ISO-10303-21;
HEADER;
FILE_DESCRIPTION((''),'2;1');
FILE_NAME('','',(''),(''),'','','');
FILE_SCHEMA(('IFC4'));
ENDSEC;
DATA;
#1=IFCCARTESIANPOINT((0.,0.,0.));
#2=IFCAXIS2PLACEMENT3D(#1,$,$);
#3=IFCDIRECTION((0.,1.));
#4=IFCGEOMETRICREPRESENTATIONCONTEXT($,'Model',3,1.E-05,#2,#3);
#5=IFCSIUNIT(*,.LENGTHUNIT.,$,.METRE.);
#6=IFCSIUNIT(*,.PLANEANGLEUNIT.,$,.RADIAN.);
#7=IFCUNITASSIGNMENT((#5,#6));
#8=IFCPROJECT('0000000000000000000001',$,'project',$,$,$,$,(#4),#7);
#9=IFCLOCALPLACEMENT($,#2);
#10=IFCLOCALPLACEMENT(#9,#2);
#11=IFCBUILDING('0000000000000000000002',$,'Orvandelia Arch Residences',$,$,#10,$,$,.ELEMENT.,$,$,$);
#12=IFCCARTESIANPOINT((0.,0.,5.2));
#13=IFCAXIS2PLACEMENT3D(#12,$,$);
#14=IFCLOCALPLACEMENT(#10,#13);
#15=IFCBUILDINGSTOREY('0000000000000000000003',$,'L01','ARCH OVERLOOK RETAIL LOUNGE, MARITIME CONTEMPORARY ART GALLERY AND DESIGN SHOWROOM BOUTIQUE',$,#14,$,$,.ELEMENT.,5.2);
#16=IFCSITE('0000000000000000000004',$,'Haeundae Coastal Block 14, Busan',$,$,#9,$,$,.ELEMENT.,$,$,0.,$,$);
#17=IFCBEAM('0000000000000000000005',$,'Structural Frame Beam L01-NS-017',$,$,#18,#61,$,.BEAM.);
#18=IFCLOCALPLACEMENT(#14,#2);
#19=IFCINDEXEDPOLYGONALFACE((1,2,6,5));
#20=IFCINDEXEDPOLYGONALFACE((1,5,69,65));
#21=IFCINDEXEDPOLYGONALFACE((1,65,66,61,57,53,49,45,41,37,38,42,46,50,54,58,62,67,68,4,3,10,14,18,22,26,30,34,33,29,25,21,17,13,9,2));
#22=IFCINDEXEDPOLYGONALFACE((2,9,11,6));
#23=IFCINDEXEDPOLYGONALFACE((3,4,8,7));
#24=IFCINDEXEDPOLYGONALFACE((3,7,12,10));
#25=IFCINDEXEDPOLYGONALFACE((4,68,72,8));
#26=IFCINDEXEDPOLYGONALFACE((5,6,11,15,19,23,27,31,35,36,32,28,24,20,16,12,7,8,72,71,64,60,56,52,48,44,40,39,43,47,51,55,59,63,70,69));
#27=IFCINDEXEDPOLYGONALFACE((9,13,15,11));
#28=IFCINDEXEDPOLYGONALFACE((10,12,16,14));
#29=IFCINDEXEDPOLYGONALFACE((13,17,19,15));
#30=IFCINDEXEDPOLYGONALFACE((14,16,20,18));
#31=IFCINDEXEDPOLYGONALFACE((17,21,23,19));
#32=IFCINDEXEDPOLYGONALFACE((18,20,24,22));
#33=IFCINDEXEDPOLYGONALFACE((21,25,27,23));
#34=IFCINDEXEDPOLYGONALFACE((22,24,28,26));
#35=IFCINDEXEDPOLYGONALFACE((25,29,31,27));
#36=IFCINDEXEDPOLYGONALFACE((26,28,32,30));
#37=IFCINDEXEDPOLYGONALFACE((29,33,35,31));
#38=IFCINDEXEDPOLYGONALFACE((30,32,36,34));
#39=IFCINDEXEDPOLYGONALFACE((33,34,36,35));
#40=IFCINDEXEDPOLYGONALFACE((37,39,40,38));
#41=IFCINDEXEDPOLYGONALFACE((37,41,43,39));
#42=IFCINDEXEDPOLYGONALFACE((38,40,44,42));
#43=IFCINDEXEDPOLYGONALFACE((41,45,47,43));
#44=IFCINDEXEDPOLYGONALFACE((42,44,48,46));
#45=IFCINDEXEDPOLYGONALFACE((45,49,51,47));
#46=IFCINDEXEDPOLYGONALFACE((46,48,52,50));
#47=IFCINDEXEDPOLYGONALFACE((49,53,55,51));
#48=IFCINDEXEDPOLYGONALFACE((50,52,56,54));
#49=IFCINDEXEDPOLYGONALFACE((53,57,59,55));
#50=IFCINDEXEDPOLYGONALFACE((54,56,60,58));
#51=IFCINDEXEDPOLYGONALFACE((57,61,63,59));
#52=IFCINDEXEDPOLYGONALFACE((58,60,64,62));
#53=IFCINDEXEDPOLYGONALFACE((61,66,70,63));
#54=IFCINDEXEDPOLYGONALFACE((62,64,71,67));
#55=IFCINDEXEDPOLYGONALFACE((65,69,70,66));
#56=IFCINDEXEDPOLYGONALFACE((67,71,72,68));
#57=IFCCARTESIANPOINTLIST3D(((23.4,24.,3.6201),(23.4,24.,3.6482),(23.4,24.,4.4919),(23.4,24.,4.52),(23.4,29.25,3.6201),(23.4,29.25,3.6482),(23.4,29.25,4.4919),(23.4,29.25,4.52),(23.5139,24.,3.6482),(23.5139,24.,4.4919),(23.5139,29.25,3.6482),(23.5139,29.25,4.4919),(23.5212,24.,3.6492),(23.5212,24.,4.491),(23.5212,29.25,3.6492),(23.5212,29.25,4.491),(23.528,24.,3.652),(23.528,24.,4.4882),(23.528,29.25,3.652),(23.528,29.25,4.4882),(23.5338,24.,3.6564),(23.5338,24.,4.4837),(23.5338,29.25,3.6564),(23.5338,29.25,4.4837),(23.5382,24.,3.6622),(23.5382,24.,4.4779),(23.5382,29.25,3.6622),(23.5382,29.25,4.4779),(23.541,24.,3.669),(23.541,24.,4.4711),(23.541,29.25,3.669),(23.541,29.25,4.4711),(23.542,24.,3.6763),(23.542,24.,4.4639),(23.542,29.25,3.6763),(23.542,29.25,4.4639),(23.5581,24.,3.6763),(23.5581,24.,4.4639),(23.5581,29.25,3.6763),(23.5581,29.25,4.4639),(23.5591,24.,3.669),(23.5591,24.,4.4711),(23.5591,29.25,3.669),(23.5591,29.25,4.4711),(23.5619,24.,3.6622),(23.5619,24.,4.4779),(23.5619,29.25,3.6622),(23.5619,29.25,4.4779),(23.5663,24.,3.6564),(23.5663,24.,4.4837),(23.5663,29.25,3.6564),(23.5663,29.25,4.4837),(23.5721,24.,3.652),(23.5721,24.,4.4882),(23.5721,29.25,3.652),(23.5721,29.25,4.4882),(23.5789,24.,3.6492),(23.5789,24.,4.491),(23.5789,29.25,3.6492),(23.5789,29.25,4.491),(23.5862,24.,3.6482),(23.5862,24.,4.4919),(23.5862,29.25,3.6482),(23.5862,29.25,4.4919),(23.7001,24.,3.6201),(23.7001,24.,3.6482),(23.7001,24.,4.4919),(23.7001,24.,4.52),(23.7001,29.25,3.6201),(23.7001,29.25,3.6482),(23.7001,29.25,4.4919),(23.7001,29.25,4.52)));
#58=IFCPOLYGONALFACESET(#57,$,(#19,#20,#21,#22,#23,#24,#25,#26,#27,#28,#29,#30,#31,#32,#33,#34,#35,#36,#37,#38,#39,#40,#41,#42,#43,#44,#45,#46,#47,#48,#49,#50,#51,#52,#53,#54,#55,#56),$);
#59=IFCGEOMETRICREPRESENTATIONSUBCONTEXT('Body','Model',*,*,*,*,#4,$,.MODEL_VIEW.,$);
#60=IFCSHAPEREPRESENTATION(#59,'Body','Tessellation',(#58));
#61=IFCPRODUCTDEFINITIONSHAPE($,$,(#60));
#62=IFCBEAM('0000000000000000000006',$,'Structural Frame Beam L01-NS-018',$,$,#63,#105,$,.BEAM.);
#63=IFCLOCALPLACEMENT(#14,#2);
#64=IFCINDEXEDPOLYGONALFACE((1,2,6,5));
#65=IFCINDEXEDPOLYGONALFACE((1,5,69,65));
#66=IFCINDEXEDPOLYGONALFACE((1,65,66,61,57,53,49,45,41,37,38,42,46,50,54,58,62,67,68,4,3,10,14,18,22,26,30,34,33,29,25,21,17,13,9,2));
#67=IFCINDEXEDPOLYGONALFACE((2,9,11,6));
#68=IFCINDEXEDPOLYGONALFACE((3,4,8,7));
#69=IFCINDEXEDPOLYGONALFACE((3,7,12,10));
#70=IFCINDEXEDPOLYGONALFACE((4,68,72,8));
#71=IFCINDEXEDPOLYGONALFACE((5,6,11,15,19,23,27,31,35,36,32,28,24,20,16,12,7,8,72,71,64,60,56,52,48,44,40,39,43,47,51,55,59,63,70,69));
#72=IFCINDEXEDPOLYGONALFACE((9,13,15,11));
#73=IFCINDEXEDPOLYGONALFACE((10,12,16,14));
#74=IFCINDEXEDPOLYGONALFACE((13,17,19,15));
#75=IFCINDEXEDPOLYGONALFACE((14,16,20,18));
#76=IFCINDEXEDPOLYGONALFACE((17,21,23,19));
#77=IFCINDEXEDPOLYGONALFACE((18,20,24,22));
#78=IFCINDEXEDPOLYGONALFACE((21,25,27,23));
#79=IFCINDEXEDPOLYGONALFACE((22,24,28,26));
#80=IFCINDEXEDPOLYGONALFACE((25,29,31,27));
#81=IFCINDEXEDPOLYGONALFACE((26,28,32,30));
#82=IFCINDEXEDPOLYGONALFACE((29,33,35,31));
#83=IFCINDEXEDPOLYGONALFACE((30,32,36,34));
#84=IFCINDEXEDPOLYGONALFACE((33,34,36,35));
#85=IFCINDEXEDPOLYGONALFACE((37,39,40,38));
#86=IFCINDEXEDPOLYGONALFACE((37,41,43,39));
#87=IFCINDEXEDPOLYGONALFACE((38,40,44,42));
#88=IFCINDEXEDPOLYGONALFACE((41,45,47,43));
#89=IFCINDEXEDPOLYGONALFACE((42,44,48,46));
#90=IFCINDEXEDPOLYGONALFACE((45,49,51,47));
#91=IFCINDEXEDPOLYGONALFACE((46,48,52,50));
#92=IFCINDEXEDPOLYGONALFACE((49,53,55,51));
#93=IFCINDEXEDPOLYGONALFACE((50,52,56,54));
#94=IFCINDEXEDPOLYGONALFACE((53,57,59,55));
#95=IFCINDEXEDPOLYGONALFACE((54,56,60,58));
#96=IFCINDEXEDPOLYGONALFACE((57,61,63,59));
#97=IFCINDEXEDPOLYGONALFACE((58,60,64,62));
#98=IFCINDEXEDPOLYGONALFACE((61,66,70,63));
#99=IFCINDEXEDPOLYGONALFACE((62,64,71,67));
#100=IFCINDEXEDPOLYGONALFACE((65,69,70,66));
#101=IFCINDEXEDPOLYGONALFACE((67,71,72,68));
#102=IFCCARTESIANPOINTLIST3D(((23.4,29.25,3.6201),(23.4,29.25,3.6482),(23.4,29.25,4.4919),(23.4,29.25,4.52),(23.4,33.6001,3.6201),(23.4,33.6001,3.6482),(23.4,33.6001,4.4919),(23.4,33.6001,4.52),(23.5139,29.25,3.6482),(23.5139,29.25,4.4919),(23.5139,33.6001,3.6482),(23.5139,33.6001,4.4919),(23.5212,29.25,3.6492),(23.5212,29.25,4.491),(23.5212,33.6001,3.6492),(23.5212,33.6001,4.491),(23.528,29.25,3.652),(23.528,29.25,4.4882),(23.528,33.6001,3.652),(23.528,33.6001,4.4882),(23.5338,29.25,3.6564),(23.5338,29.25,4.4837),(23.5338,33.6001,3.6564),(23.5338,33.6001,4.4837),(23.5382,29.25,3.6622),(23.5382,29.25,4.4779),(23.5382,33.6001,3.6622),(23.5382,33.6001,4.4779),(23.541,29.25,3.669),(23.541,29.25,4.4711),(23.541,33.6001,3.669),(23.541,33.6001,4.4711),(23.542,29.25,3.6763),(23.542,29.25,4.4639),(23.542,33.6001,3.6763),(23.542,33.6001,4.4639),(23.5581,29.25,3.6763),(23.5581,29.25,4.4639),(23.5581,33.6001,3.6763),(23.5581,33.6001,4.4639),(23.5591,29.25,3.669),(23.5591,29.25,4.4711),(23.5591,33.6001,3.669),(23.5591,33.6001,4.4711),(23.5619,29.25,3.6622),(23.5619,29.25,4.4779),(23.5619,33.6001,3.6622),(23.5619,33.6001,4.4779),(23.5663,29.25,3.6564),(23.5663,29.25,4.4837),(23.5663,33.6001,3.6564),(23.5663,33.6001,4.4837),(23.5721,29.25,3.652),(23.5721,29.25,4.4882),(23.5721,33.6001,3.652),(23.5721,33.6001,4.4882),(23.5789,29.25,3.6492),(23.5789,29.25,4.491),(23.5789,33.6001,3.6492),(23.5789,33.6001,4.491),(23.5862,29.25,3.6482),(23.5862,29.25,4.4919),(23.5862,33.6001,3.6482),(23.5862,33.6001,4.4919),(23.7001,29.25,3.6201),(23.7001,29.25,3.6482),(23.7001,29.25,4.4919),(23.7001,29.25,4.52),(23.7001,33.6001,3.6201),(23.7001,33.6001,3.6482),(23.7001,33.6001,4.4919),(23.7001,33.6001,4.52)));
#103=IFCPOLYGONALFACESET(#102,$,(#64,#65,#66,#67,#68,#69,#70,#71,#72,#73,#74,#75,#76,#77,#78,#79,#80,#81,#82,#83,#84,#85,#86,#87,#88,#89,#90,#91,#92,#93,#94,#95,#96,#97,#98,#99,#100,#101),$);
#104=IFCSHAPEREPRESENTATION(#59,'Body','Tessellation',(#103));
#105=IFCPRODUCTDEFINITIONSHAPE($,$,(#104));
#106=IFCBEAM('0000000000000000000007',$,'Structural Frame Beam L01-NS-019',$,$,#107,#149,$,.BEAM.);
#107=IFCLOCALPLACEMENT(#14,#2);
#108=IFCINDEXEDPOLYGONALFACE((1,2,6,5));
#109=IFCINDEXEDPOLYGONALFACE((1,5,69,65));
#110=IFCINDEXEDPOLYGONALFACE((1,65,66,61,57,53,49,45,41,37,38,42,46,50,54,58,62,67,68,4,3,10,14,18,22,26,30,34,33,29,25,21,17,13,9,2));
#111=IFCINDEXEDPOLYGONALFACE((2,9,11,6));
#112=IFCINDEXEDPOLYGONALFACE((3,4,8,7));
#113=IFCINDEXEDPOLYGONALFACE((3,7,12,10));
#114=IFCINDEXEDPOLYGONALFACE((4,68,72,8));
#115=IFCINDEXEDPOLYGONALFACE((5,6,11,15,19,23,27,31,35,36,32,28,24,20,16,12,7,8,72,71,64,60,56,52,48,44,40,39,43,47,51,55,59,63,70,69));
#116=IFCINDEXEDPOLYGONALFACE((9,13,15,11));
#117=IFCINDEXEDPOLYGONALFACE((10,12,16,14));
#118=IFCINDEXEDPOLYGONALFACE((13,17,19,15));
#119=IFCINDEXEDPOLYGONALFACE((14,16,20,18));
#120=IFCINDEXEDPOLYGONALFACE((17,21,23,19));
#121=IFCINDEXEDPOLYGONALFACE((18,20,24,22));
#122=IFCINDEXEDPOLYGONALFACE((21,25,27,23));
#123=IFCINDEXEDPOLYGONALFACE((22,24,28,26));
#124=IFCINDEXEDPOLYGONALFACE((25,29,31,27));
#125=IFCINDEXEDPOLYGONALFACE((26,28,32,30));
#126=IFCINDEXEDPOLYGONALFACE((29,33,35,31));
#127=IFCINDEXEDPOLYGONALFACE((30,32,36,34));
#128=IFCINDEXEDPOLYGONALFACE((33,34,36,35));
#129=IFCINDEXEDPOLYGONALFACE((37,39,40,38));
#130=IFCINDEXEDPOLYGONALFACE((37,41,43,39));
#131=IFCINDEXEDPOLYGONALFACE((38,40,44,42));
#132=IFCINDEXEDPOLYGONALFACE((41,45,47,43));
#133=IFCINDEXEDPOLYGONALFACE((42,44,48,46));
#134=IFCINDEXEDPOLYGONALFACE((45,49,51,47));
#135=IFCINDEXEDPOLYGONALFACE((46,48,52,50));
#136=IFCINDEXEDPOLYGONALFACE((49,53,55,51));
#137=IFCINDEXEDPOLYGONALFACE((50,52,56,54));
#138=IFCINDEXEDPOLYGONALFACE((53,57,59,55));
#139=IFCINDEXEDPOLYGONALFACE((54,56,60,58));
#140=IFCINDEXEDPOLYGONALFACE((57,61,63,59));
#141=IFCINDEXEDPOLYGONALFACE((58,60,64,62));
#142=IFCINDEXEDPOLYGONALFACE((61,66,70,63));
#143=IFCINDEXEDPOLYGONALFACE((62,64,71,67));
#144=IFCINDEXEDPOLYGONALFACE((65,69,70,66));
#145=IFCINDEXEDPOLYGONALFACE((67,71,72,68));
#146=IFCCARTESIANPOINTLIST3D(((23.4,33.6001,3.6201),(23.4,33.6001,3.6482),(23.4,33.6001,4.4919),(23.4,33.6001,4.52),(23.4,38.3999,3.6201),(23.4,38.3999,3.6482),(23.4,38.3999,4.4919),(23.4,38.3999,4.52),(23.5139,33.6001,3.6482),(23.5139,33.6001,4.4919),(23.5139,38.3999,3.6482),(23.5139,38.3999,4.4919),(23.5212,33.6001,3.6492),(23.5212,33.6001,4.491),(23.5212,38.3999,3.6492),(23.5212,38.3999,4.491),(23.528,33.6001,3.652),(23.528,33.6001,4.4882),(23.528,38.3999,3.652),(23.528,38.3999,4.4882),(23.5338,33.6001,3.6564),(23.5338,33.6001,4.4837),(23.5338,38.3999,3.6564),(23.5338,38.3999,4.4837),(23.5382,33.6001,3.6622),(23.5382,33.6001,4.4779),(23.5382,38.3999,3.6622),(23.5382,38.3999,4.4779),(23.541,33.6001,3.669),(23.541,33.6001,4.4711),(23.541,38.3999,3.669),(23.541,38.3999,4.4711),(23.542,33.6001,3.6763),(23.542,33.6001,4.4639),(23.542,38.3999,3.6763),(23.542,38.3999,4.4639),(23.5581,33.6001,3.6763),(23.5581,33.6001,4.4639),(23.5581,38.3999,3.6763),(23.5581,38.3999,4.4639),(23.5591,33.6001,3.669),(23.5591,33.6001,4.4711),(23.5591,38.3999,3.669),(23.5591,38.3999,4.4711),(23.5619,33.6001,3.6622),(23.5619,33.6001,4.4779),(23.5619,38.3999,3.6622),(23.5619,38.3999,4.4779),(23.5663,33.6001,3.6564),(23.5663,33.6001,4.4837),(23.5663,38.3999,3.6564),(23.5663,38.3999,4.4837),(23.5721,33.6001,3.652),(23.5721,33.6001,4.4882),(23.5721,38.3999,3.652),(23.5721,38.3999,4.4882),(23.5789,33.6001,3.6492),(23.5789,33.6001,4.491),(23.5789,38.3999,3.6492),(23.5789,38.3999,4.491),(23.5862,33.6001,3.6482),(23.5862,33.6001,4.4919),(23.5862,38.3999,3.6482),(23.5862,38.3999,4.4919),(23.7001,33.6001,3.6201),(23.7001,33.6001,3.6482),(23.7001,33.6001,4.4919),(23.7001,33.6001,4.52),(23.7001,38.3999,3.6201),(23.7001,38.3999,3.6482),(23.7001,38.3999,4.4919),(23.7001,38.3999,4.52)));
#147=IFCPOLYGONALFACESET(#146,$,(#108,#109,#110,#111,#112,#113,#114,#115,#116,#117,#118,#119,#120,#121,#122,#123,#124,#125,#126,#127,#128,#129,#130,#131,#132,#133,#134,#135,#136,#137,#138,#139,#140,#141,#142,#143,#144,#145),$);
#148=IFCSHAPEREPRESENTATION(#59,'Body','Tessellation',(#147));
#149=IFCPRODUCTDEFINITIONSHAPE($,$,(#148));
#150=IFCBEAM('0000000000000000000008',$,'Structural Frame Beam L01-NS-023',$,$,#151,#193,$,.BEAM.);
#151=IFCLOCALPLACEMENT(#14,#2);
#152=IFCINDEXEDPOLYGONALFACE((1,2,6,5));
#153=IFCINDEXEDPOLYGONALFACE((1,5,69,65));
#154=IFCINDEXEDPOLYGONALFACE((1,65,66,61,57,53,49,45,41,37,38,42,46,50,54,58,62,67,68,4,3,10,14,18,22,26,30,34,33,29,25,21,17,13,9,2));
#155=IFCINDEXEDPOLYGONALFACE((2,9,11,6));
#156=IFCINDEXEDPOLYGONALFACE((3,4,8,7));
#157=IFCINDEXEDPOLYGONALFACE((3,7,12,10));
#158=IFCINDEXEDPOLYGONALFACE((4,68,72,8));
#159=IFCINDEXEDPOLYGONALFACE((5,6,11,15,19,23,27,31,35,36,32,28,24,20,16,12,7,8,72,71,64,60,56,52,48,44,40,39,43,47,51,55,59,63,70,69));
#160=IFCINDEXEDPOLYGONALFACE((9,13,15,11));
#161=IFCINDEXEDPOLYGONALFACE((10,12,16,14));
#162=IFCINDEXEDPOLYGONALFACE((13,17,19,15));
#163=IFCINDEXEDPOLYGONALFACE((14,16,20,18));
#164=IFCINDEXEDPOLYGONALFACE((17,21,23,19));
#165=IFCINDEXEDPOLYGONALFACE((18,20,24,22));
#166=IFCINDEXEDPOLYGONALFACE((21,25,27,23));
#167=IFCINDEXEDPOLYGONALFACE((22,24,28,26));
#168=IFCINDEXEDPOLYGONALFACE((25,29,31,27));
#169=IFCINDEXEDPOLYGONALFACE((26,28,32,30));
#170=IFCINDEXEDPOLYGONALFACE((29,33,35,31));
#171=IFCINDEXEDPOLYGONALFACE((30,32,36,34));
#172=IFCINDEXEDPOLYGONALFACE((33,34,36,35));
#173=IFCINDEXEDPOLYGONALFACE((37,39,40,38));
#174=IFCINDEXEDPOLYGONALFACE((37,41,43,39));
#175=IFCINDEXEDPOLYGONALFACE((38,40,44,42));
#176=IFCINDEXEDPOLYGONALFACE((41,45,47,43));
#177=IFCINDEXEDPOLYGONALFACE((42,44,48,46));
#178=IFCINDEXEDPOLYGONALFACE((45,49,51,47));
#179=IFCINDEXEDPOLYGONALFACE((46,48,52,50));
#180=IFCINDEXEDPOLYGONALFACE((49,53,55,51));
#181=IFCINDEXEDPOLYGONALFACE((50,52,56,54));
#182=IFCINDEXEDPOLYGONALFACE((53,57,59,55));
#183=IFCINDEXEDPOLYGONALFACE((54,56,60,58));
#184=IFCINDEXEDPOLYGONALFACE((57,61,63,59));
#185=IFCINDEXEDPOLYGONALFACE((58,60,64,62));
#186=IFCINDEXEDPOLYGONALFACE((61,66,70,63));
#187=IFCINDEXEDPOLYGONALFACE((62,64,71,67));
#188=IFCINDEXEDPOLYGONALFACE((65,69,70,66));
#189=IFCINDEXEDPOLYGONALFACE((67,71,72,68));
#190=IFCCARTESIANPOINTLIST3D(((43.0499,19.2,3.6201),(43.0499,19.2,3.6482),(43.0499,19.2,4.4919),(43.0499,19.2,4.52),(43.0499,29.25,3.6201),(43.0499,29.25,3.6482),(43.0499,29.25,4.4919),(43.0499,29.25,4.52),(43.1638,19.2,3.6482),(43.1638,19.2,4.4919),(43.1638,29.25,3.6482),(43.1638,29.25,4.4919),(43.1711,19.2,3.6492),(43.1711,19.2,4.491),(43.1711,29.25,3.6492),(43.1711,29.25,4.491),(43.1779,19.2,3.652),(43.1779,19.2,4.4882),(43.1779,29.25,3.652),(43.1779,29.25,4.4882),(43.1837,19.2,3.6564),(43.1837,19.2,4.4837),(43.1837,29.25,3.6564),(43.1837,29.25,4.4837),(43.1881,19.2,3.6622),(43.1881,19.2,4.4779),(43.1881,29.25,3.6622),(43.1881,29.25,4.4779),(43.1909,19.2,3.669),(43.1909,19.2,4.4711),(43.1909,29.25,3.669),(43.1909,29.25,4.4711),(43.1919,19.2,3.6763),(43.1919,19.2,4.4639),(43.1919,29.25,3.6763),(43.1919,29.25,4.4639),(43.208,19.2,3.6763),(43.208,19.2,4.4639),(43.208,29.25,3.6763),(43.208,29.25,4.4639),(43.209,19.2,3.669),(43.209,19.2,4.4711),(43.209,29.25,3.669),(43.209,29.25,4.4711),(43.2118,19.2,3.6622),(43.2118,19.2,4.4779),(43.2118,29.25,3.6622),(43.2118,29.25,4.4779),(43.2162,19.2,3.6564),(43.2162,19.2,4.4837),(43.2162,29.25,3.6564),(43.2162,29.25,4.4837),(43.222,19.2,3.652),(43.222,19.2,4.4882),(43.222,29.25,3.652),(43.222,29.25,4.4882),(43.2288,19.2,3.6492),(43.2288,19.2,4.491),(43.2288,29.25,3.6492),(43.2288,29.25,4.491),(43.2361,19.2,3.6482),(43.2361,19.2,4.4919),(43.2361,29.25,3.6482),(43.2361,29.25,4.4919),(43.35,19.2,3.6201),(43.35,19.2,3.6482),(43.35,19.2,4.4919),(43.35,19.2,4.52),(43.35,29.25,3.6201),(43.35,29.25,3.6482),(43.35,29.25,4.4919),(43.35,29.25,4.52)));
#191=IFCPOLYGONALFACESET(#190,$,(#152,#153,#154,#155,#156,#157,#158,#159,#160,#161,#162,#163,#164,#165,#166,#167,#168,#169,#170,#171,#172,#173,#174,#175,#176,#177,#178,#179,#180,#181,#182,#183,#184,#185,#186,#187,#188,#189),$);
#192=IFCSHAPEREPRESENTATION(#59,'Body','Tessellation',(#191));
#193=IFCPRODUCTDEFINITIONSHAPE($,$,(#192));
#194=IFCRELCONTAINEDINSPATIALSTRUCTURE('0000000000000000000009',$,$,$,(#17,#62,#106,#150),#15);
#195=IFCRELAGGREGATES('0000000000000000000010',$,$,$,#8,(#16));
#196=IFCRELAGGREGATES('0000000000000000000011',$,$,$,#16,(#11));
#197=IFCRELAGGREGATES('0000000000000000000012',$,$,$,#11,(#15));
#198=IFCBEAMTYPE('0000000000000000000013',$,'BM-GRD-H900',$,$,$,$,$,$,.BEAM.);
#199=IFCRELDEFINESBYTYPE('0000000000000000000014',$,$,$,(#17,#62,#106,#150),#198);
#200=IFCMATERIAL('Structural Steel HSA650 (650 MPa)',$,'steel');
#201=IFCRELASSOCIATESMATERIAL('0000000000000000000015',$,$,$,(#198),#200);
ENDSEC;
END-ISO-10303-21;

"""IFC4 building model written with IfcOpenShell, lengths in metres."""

from ifc_helpers import new_model, si_unit, direction, frame, origin, origin_2d, place, context, subcontext, project, spatial, i_section, extrude, material, material_profile, profile_set, type_object, element, save


model = new_model("IFC4")

# Units and contexts
model_context = context("Model", 3, precision=1e-05, world=origin(), true_north=direction((0.0, 1.0)))
body_context = subcontext(model_context, "Body", "Model", "MODEL_VIEW")
ifc_project = project(units=[si_unit("LENGTHUNIT", "METRE"), si_unit("PLANEANGLEUNIT", "RADIAN")], contexts=[model_context])

# Site, building, storey
site_placement = place(None, origin())
site = spatial("IfcSite", under=ifc_project, at=site_placement, Name="Haeundae Coastal Block 14, Busan", CompositionType="ELEMENT", RefElevation=0.0)
building_placement = place(site_placement, origin())
building = spatial("IfcBuilding", under=site, at=building_placement, Name="Orvandelia Arch Residences", CompositionType="ELEMENT")
storey_placement = place(building_placement, frame((0.0, 0.0, 5.2)))
storey = spatial("IfcBuildingStorey", under=building, at=storey_placement, Name="L01", Description="ARCH OVERLOOK RETAIL LOUNGE, MARITIME CONTEMPORARY ART GALLERY AND DESIGN SHOWROOM BOUTIQUE", CompositionType="ELEMENT", Elevation=5.2)

# Beams
ifc_material_1 = material(Name="Structural Steel HSA650 (650 MPa)", Category="steel")
ifc_material_profile_1 = material_profile(ifc_material_1, i_section(OverallWidth=0.3, OverallDepth=0.8999, WebThickness=0.0161, FlangeThickness=0.0281, FilletRadius=0.0281, at=origin_2d()), Name="Structural Steel HSA650 (650 MPa)", Category="steel")
ifc_profile_set_1 = profile_set([ifc_material_profile_1], Name="Structural Steel HSA650 (650 MPa)")
beam_type = type_object("IfcBeamType", Name="BM-GRD-H900", PredefinedType="BEAM", material=ifc_profile_set_1)
beam_1_placement = place(storey_placement, frame((23.55, 24.0, 4.0701), z_axis=(0.0, 1.0, 0.0), x_axis=(-1.0, 0.0, 0.0)))
element("IfcBeam", 1, at=beam_1_placement, inside=storey, type_object=beam_type, Name="Structural Frame Beam L01-NS-017", PredefinedType="BEAM", context=body_context, shape_type="SweptSolid", body=[
    extrude(i_section(OverallWidth=0.3, OverallDepth=0.8999, WebThickness=0.0161, FlangeThickness=0.0281, FilletRadius=0.0281, at=origin_2d()), origin(), (0.0, 0.0, 1.0), 5.25),
])
beam_2_placement = place(storey_placement, frame((23.55, 29.25, 4.0701), z_axis=(0.0, 1.0, 0.0), x_axis=(-1.0, 0.0, 0.0)))
element("IfcBeam", 2, at=beam_2_placement, inside=storey, type_object=beam_type, Name="Structural Frame Beam L01-NS-018", PredefinedType="BEAM", context=body_context, shape_type="SweptSolid", body=[
    extrude(i_section(OverallWidth=0.3, OverallDepth=0.8999, WebThickness=0.0161, FlangeThickness=0.0281, FilletRadius=0.0281, at=origin_2d()), origin(), (0.0, 0.0, 1.0), 4.3501),
])
beam_3_placement = place(storey_placement, frame((23.55, 33.6001, 4.0701), z_axis=(0.0, 1.0, 0.0), x_axis=(-1.0, 0.0, 0.0)))
element("IfcBeam", 3, at=beam_3_placement, inside=storey, type_object=beam_type, Name="Structural Frame Beam L01-NS-019", PredefinedType="BEAM", context=body_context, shape_type="SweptSolid", body=[
    extrude(i_section(OverallWidth=0.3, OverallDepth=0.8999, WebThickness=0.0161, FlangeThickness=0.0281, FilletRadius=0.0281, at=origin_2d()), origin(), (0.0, 0.0, 1.0), 4.7998),
])
beam_4_placement = place(storey_placement, frame((43.2, 19.2, 4.0701), z_axis=(0.0, 1.0, 0.0), x_axis=(-1.0, 0.0, 0.0)))
element("IfcBeam", 4, at=beam_4_placement, inside=storey, type_object=beam_type, Name="Structural Frame Beam L01-NS-023", PredefinedType="BEAM", context=body_context, shape_type="SweptSolid", body=[
    extrude(i_section(OverallWidth=0.3, OverallDepth=0.8999, WebThickness=0.0161, FlangeThickness=0.0281, FilletRadius=0.0281, at=origin_2d()), origin(), (0.0, 0.0, 1.0), 10.05),
])

save(model, "model.ifc")
